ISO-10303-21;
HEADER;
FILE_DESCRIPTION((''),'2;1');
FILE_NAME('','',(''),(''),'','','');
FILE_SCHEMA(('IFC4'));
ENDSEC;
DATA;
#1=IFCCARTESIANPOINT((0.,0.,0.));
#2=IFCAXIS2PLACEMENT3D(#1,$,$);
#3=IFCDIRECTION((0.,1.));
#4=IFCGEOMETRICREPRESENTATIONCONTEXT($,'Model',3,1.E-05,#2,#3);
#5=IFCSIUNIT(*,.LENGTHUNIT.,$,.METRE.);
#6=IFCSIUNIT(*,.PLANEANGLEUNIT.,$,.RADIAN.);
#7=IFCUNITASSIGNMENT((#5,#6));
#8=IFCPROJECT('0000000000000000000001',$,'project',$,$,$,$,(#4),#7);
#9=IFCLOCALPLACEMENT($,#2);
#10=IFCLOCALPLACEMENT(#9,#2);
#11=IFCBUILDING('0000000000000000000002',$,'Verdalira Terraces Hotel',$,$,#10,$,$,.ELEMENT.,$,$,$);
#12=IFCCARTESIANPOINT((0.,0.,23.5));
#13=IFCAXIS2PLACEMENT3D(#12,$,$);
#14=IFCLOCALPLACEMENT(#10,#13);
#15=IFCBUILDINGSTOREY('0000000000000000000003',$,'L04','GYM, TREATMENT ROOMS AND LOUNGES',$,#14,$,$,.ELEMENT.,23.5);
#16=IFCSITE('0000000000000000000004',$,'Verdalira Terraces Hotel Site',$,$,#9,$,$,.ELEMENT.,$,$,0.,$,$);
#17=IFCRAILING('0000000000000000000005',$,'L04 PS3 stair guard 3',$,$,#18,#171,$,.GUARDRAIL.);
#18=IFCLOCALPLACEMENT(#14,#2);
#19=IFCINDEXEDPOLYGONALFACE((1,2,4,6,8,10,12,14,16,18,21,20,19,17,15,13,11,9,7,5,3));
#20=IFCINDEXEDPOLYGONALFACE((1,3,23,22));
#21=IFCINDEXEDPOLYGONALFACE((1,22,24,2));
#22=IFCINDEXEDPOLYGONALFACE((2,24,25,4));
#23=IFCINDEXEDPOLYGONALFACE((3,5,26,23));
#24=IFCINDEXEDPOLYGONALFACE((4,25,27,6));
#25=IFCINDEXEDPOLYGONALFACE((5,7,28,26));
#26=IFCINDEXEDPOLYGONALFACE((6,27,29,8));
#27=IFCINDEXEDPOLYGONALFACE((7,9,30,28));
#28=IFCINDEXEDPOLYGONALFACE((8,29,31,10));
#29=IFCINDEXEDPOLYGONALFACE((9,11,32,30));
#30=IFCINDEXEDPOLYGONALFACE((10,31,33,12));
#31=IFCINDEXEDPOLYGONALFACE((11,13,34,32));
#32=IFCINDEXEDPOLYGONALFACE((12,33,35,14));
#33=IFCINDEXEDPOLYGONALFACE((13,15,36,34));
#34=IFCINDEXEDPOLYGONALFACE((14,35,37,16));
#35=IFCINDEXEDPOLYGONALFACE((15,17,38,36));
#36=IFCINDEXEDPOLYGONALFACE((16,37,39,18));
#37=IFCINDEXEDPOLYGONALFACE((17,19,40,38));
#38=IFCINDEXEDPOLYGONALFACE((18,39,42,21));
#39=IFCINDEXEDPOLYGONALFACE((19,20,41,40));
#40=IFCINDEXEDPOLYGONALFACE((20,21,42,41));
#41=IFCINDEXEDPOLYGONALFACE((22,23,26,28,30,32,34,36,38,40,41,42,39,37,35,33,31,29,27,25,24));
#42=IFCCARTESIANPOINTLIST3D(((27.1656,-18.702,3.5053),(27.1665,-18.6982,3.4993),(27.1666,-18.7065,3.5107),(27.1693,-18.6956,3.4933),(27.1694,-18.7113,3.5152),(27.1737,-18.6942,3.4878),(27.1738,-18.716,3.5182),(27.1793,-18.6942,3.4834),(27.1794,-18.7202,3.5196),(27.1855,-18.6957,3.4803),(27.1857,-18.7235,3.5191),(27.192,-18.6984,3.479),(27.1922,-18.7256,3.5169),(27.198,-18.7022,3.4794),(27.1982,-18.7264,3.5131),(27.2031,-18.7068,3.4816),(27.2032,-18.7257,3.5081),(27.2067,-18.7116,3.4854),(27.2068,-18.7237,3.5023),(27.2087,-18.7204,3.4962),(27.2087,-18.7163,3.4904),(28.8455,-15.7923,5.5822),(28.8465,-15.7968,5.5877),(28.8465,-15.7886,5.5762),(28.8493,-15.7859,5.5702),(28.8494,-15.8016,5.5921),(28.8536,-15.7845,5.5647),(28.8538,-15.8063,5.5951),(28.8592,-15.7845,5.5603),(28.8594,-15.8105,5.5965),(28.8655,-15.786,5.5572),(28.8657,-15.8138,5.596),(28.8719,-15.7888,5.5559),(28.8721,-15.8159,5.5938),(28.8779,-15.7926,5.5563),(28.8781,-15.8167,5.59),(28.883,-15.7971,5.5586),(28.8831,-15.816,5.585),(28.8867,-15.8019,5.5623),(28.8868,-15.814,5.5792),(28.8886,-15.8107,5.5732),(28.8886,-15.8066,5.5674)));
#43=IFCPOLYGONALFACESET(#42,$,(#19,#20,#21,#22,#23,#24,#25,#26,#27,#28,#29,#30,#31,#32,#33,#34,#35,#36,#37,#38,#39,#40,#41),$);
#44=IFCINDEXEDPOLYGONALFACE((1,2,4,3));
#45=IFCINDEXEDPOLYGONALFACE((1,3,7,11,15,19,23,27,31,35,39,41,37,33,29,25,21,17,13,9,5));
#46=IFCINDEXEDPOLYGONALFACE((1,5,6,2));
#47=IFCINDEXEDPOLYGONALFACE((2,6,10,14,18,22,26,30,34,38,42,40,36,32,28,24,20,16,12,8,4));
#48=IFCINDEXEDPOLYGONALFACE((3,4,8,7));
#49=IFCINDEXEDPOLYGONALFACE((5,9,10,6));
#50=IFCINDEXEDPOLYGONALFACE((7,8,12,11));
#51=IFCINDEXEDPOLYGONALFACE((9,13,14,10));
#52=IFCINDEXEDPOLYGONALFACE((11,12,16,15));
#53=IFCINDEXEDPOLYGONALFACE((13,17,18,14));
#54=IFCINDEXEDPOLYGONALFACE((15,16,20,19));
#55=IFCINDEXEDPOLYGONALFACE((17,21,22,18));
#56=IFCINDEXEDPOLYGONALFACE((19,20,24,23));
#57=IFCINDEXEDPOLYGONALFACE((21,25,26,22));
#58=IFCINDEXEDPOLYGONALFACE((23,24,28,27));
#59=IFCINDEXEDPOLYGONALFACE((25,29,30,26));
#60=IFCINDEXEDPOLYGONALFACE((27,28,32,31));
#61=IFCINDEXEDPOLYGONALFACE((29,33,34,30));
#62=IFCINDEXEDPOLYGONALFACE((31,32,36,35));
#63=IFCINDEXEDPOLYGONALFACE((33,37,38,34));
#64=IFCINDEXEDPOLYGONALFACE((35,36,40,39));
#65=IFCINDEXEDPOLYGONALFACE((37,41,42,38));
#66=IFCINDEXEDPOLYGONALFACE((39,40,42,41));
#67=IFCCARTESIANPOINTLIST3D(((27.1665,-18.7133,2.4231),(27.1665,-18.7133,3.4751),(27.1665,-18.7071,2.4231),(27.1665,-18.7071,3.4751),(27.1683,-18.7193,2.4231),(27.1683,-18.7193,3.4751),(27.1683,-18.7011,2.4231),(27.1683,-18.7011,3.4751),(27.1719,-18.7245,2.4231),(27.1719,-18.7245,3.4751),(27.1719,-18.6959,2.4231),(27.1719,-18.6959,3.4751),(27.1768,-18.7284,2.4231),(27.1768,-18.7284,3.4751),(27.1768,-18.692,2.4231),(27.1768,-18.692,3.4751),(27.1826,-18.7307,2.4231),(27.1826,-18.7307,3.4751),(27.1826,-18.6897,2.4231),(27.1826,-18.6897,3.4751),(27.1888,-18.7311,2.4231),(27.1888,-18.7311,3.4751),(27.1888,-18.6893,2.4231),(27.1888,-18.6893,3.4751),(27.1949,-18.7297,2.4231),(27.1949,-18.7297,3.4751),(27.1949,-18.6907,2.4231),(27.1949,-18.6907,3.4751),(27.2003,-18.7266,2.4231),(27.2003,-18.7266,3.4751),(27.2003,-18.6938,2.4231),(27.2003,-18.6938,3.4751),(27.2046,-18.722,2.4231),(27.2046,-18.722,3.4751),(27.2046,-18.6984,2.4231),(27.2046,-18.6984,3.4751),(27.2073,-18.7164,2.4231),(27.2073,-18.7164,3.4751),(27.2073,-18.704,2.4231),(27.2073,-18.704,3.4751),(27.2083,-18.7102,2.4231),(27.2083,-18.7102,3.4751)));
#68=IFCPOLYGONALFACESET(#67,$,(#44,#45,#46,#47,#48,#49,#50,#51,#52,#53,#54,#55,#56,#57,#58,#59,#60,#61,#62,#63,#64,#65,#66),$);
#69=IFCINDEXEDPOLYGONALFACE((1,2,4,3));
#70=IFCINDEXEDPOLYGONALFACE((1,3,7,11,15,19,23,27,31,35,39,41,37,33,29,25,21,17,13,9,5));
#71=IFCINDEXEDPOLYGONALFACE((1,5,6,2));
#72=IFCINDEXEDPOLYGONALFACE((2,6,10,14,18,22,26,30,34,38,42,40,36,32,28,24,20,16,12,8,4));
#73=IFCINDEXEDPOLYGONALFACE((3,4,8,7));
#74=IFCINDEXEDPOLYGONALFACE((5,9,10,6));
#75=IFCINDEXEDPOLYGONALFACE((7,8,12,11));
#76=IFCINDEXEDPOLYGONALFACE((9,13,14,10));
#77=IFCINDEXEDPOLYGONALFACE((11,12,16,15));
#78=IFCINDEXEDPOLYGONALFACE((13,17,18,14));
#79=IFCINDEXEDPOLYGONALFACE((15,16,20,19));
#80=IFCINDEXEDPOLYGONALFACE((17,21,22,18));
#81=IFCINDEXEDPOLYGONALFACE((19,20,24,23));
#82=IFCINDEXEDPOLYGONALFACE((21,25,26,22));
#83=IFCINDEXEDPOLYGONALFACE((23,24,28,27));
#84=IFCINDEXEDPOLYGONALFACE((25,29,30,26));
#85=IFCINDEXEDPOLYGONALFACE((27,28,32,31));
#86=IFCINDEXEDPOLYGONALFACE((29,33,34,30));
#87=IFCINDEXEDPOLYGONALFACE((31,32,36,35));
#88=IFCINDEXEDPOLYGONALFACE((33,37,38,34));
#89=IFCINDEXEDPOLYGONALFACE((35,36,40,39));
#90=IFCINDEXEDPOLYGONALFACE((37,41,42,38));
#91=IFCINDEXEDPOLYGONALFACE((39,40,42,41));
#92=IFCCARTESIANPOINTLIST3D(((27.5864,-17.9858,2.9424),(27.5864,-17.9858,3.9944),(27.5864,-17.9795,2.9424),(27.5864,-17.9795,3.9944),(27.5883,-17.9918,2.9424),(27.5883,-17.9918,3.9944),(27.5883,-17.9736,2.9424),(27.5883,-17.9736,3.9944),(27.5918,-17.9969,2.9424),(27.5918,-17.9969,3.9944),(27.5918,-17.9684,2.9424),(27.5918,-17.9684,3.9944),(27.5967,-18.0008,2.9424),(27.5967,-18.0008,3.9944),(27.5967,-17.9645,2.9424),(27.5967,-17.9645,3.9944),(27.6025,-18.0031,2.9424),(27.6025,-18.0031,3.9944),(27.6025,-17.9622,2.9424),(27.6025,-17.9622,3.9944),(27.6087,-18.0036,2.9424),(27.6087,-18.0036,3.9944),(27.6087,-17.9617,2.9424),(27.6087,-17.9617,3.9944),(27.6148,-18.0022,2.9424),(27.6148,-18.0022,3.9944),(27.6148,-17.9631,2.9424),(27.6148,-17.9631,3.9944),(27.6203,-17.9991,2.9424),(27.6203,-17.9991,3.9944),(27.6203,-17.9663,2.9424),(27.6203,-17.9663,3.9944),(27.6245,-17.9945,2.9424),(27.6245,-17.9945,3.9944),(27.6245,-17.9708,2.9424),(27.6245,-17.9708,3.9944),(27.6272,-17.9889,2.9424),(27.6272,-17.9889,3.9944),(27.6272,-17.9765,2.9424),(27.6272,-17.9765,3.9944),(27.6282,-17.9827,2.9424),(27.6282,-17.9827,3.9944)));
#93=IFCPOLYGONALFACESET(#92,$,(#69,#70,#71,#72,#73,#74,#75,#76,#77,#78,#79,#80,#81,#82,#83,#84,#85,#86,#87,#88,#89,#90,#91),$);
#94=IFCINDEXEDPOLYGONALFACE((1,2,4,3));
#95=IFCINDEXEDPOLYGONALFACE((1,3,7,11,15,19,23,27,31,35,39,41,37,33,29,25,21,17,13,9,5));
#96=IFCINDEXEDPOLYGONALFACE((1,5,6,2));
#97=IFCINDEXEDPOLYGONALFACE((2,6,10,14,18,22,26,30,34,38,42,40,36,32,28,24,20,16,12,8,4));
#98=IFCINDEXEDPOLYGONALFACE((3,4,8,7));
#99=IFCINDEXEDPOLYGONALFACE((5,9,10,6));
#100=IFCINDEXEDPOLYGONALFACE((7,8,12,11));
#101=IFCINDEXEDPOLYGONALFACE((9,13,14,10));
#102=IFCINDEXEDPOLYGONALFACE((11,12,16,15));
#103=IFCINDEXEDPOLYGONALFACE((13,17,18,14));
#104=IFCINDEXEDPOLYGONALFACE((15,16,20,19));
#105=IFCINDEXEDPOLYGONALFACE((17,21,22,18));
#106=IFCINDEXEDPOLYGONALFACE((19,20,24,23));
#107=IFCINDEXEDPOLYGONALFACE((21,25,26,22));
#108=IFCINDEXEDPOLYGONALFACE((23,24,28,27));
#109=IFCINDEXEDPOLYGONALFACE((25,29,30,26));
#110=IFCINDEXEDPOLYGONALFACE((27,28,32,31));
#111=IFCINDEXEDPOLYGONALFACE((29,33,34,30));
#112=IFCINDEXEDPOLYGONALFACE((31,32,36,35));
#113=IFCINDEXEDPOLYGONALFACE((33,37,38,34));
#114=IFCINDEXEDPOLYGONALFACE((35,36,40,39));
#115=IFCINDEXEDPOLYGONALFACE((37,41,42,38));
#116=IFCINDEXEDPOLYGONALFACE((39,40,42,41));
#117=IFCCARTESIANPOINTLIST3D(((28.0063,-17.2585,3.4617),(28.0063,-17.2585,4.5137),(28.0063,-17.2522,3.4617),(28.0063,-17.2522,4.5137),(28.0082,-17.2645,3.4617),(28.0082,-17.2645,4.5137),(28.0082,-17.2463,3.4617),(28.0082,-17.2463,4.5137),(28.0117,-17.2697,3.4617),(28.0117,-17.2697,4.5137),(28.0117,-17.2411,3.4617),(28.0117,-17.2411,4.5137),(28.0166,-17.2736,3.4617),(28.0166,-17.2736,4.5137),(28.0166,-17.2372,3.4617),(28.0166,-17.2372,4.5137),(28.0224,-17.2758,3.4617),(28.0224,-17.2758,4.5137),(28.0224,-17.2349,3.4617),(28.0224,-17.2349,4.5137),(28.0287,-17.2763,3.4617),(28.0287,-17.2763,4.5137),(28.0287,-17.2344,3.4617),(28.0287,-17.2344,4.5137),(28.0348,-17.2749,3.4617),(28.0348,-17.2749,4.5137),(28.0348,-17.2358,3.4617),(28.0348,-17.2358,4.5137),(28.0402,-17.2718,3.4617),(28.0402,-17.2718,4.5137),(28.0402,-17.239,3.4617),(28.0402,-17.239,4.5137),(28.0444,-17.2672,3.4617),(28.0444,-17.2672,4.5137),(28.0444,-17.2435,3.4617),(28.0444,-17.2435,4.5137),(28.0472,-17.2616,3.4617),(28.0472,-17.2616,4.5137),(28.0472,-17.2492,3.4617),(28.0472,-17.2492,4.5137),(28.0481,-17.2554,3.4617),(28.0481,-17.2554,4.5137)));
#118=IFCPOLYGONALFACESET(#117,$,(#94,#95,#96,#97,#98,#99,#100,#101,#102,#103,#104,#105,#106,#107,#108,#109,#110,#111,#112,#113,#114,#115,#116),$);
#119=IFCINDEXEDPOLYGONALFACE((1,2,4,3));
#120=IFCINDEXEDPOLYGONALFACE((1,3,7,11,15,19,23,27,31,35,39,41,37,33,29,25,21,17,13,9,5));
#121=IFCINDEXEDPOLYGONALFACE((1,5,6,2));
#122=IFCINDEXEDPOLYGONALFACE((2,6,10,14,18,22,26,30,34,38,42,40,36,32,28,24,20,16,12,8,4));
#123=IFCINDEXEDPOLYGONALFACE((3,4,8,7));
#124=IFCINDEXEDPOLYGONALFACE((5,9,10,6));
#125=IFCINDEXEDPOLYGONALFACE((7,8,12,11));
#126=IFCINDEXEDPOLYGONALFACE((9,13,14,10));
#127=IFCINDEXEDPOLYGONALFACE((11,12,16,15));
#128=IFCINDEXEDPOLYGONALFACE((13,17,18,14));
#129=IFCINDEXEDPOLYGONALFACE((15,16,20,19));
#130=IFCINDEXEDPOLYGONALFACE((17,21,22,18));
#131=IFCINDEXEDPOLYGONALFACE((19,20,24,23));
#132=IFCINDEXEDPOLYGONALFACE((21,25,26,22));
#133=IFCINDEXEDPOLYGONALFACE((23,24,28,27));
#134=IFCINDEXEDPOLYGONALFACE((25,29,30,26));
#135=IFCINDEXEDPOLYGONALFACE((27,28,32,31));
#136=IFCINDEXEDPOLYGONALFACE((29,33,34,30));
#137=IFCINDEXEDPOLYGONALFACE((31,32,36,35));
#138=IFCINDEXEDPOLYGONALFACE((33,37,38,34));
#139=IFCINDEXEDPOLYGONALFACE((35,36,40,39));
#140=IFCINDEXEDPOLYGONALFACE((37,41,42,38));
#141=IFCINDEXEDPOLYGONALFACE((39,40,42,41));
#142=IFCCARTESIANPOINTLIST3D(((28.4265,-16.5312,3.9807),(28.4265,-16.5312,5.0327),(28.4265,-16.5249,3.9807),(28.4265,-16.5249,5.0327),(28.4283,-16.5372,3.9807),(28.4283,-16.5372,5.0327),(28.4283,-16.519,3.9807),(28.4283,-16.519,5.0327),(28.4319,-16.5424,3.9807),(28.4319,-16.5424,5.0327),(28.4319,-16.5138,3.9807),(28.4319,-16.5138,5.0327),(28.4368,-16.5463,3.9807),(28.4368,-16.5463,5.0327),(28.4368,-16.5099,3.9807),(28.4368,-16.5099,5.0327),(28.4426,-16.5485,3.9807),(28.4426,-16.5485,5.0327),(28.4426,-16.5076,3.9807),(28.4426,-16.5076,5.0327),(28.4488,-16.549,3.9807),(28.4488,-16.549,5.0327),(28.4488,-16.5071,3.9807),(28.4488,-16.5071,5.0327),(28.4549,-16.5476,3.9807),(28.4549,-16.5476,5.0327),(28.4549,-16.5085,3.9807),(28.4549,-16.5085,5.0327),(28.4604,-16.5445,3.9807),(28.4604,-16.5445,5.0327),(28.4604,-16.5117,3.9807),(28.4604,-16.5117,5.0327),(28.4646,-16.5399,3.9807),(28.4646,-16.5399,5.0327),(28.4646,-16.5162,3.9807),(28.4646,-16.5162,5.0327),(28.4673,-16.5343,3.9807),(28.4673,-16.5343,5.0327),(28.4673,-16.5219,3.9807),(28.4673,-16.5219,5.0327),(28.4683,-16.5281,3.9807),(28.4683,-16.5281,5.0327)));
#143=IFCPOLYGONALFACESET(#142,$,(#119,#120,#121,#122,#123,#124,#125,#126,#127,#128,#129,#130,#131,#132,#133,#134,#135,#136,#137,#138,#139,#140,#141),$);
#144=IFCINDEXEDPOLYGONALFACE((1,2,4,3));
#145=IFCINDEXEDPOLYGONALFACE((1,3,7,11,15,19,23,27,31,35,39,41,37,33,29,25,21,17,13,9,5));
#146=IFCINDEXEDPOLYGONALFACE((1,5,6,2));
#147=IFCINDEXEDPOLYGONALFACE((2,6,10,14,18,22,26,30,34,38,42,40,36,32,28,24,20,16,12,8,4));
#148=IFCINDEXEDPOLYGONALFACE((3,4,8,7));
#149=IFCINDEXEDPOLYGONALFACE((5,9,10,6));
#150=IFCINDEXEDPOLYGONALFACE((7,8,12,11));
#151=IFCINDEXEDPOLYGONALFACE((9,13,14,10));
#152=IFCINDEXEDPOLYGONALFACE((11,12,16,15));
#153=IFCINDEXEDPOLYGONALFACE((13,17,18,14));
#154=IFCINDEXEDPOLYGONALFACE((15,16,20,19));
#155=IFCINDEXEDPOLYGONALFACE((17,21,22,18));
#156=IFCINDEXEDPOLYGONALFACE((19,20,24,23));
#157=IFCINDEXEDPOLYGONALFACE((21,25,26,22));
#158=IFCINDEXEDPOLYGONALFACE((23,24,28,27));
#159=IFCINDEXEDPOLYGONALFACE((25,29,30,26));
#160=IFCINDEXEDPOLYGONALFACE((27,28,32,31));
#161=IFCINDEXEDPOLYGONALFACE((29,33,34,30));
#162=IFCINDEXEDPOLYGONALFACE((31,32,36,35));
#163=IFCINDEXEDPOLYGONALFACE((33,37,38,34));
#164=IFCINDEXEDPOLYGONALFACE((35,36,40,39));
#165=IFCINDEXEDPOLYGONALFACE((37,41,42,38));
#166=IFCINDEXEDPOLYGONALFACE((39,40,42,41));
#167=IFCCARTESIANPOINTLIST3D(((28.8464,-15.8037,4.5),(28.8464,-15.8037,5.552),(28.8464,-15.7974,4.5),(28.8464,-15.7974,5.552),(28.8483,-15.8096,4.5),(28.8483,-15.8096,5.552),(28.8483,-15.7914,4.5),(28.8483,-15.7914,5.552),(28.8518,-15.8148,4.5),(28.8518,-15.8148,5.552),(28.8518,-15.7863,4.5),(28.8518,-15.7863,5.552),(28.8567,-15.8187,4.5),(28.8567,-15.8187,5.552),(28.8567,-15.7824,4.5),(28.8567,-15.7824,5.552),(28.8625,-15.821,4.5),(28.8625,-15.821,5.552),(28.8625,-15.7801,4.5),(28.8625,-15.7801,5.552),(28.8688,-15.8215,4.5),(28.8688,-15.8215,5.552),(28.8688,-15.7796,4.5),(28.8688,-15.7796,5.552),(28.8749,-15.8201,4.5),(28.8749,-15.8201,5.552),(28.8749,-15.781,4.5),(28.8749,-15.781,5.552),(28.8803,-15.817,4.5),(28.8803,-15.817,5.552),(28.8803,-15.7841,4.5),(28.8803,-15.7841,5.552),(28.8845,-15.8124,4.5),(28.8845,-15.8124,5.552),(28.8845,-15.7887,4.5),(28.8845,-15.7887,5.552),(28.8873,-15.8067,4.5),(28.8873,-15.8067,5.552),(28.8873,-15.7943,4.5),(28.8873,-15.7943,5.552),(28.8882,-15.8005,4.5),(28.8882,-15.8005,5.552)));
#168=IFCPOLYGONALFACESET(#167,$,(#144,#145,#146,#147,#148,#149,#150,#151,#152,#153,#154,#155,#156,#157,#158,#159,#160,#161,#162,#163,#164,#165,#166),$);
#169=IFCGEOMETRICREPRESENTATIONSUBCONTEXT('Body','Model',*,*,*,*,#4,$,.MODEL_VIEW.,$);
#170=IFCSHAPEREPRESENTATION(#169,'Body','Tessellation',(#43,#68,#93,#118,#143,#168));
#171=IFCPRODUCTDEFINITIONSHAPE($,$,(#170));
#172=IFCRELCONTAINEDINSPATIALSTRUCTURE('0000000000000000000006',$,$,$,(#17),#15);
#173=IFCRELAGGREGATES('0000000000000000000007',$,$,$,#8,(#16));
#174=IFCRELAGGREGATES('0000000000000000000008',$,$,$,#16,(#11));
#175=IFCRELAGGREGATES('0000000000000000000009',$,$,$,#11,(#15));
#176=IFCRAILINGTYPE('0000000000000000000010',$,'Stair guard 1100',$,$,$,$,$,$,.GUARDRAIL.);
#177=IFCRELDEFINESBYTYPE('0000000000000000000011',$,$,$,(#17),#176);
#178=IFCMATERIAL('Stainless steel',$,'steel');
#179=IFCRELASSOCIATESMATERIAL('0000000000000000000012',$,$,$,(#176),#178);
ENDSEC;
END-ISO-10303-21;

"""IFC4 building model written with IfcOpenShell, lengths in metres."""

from ifc_helpers import new_model, si_unit, direction, frame, origin, origin_2d, place, context, subcontext, project, spatial, circle, extrude, material, type_object, element, save


model = new_model("IFC4")

# Units and contexts
model_context = context("Model", 3, precision=1e-05, world=origin(), true_north=direction((0.0, 1.0)))
body_context = subcontext(model_context, "Body", "Model", "MODEL_VIEW")
ifc_project = project(units=[si_unit("LENGTHUNIT", "METRE"), si_unit("PLANEANGLEUNIT", "RADIAN")], contexts=[model_context])

# Site, building, storey
site_placement = place(None, origin())
site = spatial("IfcSite", under=ifc_project, at=site_placement, Name="Verdalira Terraces Hotel Site", CompositionType="ELEMENT", RefElevation=0.0)
building_placement = place(site_placement, origin())
building = spatial("IfcBuilding", under=site, at=building_placement, Name="Verdalira Terraces Hotel", CompositionType="ELEMENT")
storey_placement = place(building_placement, frame((0.0, 0.0, 23.5)))
storey = spatial("IfcBuildingStorey", under=building, at=storey_placement, Name="L04", Description="GYM, TREATMENT ROOMS AND LOUNGES", CompositionType="ELEMENT", Elevation=23.5)

# Railing
ifc_material_1 = material(Name="Stainless steel", Category="steel")
railing_type_1 = type_object("IfcRailingType", Name="Stair guard 1100", PredefinedType="GUARDRAIL", material=ifc_material_1)
railing_1_placement = place(storey_placement, frame((27.1873, -18.7102, 2.4231)))
element("IfcRailing", 1, at=railing_1_placement, inside=storey, type_object=railing_type_1, Name="L04 PS3 stair guard 3", PredefinedType="GUARDRAIL", context=body_context, shape_type="SweptSolid", body=[
    extrude(circle(Radius=0.0239, at=origin_2d()), frame((0.0, 0.0, 1.0762), z_axis=(0.425308, 0.73664, 0.525809), x_axis=(-0.866021, 0.500008, 0.0)), (0.0, 0.0, 1.0), 3.95),
    extrude(circle(Radius=0.021, at=origin_2d()), origin(), (0.0, 0.0, 1.0), 1.052),
    extrude(circle(Radius=0.021, at=origin_2d()), frame((0.4199, 0.7275, 0.5193)), (0.0, 0.0, 1.0), 1.052),
    extrude(circle(Radius=0.021, at=origin_2d()), frame((0.8398, 1.4548, 1.0386)), (0.0, 0.0, 1.0), 1.052),
    extrude(circle(Radius=0.021, at=origin_2d()), frame((1.26, 2.1821, 1.5576)), (0.0, 0.0, 1.0), 1.052),
    extrude(circle(Radius=0.021, at=origin_2d()), frame((1.6799, 2.9097, 2.0769)), (0.0, 0.0, 1.0), 1.052),
])

save(model, "model.ifc")
